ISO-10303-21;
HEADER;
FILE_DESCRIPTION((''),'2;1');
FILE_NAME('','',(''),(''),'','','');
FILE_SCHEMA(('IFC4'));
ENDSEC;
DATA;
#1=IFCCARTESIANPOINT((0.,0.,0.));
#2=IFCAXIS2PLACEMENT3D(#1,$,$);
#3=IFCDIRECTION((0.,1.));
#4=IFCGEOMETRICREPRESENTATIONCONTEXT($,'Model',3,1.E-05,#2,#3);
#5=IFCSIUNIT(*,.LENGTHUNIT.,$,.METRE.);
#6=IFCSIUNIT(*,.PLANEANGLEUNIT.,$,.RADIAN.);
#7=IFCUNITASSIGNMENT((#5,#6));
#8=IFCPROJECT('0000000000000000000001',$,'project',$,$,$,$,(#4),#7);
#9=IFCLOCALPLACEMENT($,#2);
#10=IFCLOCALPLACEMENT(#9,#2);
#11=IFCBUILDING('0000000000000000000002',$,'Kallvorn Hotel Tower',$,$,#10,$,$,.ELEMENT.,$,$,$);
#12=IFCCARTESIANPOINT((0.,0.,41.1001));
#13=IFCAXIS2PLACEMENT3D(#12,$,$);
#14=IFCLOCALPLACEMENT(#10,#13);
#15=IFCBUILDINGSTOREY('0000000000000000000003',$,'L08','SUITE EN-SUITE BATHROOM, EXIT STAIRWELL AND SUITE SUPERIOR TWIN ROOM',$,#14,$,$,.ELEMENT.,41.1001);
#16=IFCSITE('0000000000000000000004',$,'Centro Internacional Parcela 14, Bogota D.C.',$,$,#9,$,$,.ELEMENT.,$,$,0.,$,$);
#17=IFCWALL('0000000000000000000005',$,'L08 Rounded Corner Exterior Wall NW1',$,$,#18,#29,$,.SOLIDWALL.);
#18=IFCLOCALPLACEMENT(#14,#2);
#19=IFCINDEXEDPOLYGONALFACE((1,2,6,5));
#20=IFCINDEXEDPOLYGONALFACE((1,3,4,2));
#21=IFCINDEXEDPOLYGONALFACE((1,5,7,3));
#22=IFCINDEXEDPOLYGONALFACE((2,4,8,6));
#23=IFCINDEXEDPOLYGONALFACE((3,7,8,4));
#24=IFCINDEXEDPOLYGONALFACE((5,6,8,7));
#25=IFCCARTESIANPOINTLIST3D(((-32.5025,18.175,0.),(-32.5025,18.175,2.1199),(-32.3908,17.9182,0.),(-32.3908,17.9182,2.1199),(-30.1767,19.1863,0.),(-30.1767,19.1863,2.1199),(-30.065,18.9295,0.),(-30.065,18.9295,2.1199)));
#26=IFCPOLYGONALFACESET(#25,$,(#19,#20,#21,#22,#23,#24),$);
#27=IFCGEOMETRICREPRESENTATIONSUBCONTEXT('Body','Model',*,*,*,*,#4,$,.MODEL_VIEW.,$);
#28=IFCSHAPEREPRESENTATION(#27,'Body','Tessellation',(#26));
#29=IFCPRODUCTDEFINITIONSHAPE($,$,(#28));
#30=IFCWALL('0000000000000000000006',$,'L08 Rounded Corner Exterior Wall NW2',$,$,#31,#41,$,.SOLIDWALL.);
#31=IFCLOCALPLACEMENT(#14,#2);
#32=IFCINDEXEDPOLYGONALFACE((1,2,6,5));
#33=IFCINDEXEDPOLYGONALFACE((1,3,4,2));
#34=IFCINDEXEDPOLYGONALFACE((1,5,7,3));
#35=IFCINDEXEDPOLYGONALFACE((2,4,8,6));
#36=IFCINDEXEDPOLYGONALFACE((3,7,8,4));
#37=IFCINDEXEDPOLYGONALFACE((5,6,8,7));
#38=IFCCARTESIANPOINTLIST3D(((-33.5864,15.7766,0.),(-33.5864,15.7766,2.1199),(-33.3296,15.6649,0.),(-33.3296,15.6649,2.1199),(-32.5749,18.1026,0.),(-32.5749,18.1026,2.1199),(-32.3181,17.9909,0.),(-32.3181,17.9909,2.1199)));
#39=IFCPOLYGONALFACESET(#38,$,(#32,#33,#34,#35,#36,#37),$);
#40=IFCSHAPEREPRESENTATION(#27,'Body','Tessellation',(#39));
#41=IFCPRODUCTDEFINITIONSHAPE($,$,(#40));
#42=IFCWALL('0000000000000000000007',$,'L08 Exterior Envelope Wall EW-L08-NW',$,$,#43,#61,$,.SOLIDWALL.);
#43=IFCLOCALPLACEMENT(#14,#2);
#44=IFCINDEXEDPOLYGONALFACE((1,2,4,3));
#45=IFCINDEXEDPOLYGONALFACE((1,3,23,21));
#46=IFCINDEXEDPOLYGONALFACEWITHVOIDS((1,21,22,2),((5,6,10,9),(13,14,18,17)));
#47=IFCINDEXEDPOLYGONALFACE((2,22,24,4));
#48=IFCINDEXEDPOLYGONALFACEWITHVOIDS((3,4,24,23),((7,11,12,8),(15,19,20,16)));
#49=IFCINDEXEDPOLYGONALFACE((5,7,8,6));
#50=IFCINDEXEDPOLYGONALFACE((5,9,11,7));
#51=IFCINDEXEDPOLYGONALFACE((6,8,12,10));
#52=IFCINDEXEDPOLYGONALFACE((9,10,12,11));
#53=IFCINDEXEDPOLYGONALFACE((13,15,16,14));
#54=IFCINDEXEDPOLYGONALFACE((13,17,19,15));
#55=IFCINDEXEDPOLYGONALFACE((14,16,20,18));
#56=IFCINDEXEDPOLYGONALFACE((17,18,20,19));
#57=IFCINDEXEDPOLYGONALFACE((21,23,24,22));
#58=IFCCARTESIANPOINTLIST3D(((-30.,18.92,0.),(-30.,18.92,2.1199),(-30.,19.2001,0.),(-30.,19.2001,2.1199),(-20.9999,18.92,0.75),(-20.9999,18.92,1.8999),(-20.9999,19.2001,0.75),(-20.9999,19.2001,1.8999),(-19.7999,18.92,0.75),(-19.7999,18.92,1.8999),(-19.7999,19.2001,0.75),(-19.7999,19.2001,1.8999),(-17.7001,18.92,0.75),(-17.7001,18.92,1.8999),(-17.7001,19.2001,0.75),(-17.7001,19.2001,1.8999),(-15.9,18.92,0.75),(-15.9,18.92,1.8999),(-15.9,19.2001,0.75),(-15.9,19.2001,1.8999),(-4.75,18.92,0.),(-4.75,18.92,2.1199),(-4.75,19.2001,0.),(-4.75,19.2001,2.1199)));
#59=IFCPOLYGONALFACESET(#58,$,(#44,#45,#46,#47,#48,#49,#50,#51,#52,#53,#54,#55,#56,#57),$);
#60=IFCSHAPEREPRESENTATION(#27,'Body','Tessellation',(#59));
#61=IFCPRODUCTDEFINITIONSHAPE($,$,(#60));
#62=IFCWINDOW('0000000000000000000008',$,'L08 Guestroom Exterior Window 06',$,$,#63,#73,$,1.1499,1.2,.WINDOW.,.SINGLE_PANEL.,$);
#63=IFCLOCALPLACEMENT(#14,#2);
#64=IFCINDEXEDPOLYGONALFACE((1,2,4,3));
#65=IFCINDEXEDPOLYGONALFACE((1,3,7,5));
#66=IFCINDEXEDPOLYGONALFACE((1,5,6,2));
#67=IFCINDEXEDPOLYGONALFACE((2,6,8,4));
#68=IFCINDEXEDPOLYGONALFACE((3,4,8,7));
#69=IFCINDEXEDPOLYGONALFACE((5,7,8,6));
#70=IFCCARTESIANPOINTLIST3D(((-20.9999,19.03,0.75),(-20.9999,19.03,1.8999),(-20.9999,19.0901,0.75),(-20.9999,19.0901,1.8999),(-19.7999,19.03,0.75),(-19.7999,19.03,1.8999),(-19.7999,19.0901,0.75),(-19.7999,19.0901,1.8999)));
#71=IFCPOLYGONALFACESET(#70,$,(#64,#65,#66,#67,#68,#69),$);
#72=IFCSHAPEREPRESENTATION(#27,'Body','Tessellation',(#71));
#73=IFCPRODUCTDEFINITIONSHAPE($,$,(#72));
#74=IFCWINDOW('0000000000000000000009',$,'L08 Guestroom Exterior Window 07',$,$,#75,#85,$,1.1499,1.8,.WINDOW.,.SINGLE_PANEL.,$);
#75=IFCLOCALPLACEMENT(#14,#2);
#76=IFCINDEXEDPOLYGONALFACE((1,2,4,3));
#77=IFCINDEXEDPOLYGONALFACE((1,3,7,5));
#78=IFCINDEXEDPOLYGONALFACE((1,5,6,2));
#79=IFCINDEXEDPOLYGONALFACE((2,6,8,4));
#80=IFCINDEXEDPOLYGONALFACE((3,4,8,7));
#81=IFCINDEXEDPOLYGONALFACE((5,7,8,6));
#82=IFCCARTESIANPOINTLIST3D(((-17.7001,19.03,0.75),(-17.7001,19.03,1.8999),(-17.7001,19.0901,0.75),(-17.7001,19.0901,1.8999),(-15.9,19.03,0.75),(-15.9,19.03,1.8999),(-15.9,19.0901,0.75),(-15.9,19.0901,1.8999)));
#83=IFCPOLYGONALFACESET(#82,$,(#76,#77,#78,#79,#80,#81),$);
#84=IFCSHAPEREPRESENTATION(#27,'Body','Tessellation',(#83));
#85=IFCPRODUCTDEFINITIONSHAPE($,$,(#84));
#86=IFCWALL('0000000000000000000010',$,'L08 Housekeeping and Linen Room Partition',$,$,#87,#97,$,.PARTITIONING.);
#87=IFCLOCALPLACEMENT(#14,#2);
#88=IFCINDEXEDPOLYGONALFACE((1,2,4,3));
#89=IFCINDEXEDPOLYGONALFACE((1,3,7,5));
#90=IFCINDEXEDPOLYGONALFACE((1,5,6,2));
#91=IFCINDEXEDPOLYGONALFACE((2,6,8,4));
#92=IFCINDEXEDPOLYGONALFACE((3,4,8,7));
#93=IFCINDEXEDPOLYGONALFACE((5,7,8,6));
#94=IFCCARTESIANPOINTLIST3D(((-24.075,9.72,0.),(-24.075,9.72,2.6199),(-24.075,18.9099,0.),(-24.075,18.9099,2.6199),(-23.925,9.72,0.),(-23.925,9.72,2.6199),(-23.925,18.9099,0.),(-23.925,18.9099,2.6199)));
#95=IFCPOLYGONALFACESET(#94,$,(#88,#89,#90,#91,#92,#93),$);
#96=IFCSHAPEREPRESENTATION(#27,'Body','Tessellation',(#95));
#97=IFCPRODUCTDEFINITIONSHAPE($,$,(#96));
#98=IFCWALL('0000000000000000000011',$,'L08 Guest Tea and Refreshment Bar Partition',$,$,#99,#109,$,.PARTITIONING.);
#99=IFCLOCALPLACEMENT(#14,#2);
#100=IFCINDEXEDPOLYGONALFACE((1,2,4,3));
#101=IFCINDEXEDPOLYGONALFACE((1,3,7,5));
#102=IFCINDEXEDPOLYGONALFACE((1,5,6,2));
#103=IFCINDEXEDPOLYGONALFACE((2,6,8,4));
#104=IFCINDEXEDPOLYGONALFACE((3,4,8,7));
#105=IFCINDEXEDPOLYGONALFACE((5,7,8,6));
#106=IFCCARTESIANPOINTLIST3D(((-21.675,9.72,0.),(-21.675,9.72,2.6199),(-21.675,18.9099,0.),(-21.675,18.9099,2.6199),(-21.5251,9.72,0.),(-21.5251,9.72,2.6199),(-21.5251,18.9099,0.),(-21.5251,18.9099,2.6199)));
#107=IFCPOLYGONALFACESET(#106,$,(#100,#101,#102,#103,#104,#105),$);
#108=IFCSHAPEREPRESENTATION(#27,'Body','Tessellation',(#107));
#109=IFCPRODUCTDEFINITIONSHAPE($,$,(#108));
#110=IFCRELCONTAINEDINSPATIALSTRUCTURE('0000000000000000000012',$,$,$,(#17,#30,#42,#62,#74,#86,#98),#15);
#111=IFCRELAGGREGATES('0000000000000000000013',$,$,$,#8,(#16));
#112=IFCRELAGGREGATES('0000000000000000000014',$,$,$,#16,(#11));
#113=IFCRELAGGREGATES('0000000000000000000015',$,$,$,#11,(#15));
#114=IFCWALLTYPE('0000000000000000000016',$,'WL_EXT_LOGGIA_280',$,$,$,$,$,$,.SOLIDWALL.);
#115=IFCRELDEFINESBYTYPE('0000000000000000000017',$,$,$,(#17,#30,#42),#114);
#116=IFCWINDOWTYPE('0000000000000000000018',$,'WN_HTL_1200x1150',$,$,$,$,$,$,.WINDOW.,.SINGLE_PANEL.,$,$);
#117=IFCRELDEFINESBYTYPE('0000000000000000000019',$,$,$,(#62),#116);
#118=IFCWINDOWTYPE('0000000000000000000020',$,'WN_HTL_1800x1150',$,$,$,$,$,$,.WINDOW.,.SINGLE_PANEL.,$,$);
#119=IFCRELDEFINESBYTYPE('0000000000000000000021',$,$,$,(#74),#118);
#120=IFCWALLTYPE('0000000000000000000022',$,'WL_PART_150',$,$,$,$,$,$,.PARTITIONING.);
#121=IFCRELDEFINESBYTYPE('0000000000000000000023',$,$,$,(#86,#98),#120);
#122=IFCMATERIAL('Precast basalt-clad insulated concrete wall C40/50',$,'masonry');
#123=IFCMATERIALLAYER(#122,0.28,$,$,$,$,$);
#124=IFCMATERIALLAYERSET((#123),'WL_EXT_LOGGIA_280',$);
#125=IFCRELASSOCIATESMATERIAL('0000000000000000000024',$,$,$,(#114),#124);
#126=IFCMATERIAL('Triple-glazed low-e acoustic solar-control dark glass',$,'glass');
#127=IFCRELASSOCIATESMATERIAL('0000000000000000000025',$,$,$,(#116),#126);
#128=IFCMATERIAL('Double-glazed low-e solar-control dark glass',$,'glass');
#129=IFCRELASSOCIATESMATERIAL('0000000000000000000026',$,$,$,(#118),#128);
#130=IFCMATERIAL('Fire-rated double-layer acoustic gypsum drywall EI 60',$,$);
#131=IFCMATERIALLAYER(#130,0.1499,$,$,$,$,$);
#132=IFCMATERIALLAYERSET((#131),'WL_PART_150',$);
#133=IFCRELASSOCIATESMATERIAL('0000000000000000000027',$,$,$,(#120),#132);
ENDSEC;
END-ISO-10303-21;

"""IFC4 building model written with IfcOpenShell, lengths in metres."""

from ifc_helpers import new_model, si_unit, direction, frame, frame_2d, origin, place, context, subcontext, project, spatial, rectangle, extrude, material, layer, layer_set, type_object, element, fill, save


model = new_model("IFC4")

# Units and contexts
model_context = context("Model", 3, precision=1e-05, world=origin(), true_north=direction((0.0, 1.0)))
body_context = subcontext(model_context, "Body", "Model", "MODEL_VIEW")
ifc_project = project(units=[si_unit("LENGTHUNIT", "METRE"), si_unit("PLANEANGLEUNIT", "RADIAN")], contexts=[model_context])

# Site, building, storey
site_placement = place(None, origin())
site = spatial("IfcSite", under=ifc_project, at=site_placement, Name="Centro Internacional Parcela 14, Bogota D.C.", CompositionType="ELEMENT", RefElevation=0.0)
building_placement = place(site_placement, origin())
building = spatial("IfcBuilding", under=site, at=building_placement, Name="Kallvorn Hotel Tower", CompositionType="ELEMENT")
storey_placement = place(building_placement, frame((0.0, 0.0, 41.1001)))
storey = spatial("IfcBuildingStorey", under=building, at=storey_placement, Name="L08", Description="SUITE EN-SUITE BATHROOM, EXIT STAIRWELL AND SUITE SUPERIOR TWIN ROOM", CompositionType="ELEMENT", Elevation=41.1001)

# Walls
ifc_material_1 = material(Name="Precast basalt-clad insulated concrete wall C40/50", Category="masonry")
ifc_layer_1 = layer(ifc_material_1, 0.28)
ifc_layer_set_1 = layer_set([ifc_layer_1], Name="WL_EXT_LOGGIA_280")
wall_type_1 = type_object("IfcWallType", Name="WL_EXT_LOGGIA_280", PredefinedType="SOLIDWALL", material=ifc_layer_set_1)
wall_1_placement = place(storey_placement, frame((-30.1208, 19.0579, 0.0), z_axis=(0.0, 0.0, 1.0), x_axis=(-0.917061, -0.398747, 0.0)))
element("IfcWall", 1, at=wall_1_placement, inside=storey, type_object=wall_type_1, Name="L08 Rounded Corner Exterior Wall NW1", PredefinedType="SOLIDWALL", context=body_context, shape_type="SweptSolid", body=[
    extrude(rectangle(XDim=2.5361, YDim=0.28, at=frame_2d((1.2681, 0.0))), origin(), (0.0, 0.0, 1.0), 2.1199),
])
wall_2_placement = place(storey_placement, frame((-32.4465, 18.0466, 0.0), z_axis=(0.0, 0.0, 1.0), x_axis=(-0.398793, -0.917041, 0.0)))
element("IfcWall", 2, at=wall_2_placement, inside=storey, type_object=wall_type_1, Name="L08 Rounded Corner Exterior Wall NW2", PredefinedType="SOLIDWALL", context=body_context, shape_type="SweptSolid", body=[
    extrude(rectangle(XDim=2.5364, YDim=0.28, at=frame_2d((1.2681, 0.0))), origin(), (0.0, 0.0, 1.0), 2.1199),
])

# Wall, openings, windows
wall_3_placement = place(storey_placement, frame((-30.0, 19.0601, 0.0), z_axis=(0.0, 0.0, 1.0), x_axis=(1.0, 0.0, 0.0)))
wall_3 = element("IfcWall", 3, at=wall_3_placement, inside=storey, type_object=wall_type_1, Name="L08 Exterior Envelope Wall EW-L08-NW", PredefinedType="SOLIDWALL", context=body_context, shape_type="SweptSolid", body=[
    extrude(rectangle(XDim=25.25, YDim=0.28, at=frame_2d((12.625, 0.0))), origin(), (0.0, 0.0, 1.0), 2.1199),
])
opening_1_placement = place(wall_3_placement, frame((9.0, 0.0, 0.75)))
opening_1 = element("IfcOpeningElement", 4, at=opening_1_placement, cuts=wall_3, PredefinedType="OPENING", context=body_context, shape_type="SweptSolid", body=[
    extrude(rectangle(XDim=1.2, YDim=1.1499, at=frame_2d((0.6001, 0.575))), frame((0.0, 0.155, 0.0), z_axis=(0.0, -1.0, 0.0), x_axis=(1.0, 0.0, 0.0)), (0.0, 0.0, 1.0), 0.3101),
])
opening_2_placement = place(wall_3_placement, frame((12.3, 0.0, 0.75)))
opening_2 = element("IfcOpeningElement", 5, at=opening_2_placement, cuts=wall_3, PredefinedType="OPENING", context=body_context, shape_type="SweptSolid", body=[
    extrude(rectangle(XDim=1.8, YDim=1.1499, at=frame_2d((0.8999, 0.575))), frame((0.0, 0.155, 0.0), z_axis=(0.0, -1.0, 0.0), x_axis=(1.0, 0.0, 0.0)), (0.0, 0.0, 1.0), 0.3101),
])
ifc_material_2 = material(Name="Triple-glazed low-e acoustic solar-control dark glass", Category="glass")
window_type_1 = type_object("IfcWindowType", Name="WN_HTL_1200x1150", PartitioningType="SINGLE_PANEL", PredefinedType="WINDOW", material=ifc_material_2)
window_1_placement = place(opening_1_placement, origin())
window_1 = element("IfcWindow", 6, at=window_1_placement, inside=storey, type_object=window_type_1, Name="L08 Guestroom Exterior Window 06", OverallHeight=1.1499, OverallWidth=1.2, PartitioningType="SINGLE_PANEL", PredefinedType="WINDOW", context=body_context, shape_type="SweptSolid", body=[
    extrude(rectangle(XDim=1.2, YDim=1.1499, at=frame_2d((0.6001, 0.575))), frame((0.0, 0.03, 0.0), z_axis=(0.0, -1.0, 0.0), x_axis=(1.0, 0.0, 0.0)), (0.0, 0.0, 1.0), 0.0601),
])
fill(opening_1, window_1)
ifc_material_3 = material(Name="Double-glazed low-e solar-control dark glass", Category="glass")
window_type_2 = type_object("IfcWindowType", Name="WN_HTL_1800x1150", PartitioningType="SINGLE_PANEL", PredefinedType="WINDOW", material=ifc_material_3)
window_2_placement = place(opening_2_placement, origin())
window_2 = element("IfcWindow", 7, at=window_2_placement, inside=storey, type_object=window_type_2, Name="L08 Guestroom Exterior Window 07", OverallHeight=1.1499, OverallWidth=1.8, PartitioningType="SINGLE_PANEL", PredefinedType="WINDOW", context=body_context, shape_type="SweptSolid", body=[
    extrude(rectangle(XDim=1.8, YDim=1.1499, at=frame_2d((0.8999, 0.575))), frame((0.0, 0.03, 0.0), z_axis=(0.0, -1.0, 0.0), x_axis=(1.0, 0.0, 0.0)), (0.0, 0.0, 1.0), 0.0601),
])
fill(opening_2, window_2)

# Walls
ifc_material_4 = material(Name="Fire-rated double-layer acoustic gypsum drywall EI 60")
ifc_layer_2 = layer(ifc_material_4, 0.1499)
ifc_layer_set_2 = layer_set([ifc_layer_2], Name="WL_PART_150")
wall_type_2 = type_object("IfcWallType", Name="WL_PART_150", PredefinedType="PARTITIONING", material=ifc_layer_set_2)
for number, where, z_axis, x_axis, name in (
    (8, (-24.0, 9.72, 0.0), (0.0, 0.0, 1.0), (0.0, 1.0, 0.0), "L08 Housekeeping and Linen Room Partition"),
    (9, (-21.6001, 9.72, 0.0), (0.0, 0.0, 1.0), (0.0, 1.0, 0.0), "L08 Guest Tea and Refreshment Bar Partition"),
):
    element("IfcWall", number, at=place(storey_placement, frame(where, z_axis=z_axis, x_axis=x_axis)), inside=storey, type_object=wall_type_2, Name=name, PredefinedType="PARTITIONING", context=body_context, shape_type="SweptSolid", body=[
        extrude(rectangle(XDim=9.1899, YDim=0.1499, at=frame_2d((4.595, 0.0))), origin(), (0.0, 0.0, 1.0), 2.6199),
    ])

save(model, "model.ifc")
